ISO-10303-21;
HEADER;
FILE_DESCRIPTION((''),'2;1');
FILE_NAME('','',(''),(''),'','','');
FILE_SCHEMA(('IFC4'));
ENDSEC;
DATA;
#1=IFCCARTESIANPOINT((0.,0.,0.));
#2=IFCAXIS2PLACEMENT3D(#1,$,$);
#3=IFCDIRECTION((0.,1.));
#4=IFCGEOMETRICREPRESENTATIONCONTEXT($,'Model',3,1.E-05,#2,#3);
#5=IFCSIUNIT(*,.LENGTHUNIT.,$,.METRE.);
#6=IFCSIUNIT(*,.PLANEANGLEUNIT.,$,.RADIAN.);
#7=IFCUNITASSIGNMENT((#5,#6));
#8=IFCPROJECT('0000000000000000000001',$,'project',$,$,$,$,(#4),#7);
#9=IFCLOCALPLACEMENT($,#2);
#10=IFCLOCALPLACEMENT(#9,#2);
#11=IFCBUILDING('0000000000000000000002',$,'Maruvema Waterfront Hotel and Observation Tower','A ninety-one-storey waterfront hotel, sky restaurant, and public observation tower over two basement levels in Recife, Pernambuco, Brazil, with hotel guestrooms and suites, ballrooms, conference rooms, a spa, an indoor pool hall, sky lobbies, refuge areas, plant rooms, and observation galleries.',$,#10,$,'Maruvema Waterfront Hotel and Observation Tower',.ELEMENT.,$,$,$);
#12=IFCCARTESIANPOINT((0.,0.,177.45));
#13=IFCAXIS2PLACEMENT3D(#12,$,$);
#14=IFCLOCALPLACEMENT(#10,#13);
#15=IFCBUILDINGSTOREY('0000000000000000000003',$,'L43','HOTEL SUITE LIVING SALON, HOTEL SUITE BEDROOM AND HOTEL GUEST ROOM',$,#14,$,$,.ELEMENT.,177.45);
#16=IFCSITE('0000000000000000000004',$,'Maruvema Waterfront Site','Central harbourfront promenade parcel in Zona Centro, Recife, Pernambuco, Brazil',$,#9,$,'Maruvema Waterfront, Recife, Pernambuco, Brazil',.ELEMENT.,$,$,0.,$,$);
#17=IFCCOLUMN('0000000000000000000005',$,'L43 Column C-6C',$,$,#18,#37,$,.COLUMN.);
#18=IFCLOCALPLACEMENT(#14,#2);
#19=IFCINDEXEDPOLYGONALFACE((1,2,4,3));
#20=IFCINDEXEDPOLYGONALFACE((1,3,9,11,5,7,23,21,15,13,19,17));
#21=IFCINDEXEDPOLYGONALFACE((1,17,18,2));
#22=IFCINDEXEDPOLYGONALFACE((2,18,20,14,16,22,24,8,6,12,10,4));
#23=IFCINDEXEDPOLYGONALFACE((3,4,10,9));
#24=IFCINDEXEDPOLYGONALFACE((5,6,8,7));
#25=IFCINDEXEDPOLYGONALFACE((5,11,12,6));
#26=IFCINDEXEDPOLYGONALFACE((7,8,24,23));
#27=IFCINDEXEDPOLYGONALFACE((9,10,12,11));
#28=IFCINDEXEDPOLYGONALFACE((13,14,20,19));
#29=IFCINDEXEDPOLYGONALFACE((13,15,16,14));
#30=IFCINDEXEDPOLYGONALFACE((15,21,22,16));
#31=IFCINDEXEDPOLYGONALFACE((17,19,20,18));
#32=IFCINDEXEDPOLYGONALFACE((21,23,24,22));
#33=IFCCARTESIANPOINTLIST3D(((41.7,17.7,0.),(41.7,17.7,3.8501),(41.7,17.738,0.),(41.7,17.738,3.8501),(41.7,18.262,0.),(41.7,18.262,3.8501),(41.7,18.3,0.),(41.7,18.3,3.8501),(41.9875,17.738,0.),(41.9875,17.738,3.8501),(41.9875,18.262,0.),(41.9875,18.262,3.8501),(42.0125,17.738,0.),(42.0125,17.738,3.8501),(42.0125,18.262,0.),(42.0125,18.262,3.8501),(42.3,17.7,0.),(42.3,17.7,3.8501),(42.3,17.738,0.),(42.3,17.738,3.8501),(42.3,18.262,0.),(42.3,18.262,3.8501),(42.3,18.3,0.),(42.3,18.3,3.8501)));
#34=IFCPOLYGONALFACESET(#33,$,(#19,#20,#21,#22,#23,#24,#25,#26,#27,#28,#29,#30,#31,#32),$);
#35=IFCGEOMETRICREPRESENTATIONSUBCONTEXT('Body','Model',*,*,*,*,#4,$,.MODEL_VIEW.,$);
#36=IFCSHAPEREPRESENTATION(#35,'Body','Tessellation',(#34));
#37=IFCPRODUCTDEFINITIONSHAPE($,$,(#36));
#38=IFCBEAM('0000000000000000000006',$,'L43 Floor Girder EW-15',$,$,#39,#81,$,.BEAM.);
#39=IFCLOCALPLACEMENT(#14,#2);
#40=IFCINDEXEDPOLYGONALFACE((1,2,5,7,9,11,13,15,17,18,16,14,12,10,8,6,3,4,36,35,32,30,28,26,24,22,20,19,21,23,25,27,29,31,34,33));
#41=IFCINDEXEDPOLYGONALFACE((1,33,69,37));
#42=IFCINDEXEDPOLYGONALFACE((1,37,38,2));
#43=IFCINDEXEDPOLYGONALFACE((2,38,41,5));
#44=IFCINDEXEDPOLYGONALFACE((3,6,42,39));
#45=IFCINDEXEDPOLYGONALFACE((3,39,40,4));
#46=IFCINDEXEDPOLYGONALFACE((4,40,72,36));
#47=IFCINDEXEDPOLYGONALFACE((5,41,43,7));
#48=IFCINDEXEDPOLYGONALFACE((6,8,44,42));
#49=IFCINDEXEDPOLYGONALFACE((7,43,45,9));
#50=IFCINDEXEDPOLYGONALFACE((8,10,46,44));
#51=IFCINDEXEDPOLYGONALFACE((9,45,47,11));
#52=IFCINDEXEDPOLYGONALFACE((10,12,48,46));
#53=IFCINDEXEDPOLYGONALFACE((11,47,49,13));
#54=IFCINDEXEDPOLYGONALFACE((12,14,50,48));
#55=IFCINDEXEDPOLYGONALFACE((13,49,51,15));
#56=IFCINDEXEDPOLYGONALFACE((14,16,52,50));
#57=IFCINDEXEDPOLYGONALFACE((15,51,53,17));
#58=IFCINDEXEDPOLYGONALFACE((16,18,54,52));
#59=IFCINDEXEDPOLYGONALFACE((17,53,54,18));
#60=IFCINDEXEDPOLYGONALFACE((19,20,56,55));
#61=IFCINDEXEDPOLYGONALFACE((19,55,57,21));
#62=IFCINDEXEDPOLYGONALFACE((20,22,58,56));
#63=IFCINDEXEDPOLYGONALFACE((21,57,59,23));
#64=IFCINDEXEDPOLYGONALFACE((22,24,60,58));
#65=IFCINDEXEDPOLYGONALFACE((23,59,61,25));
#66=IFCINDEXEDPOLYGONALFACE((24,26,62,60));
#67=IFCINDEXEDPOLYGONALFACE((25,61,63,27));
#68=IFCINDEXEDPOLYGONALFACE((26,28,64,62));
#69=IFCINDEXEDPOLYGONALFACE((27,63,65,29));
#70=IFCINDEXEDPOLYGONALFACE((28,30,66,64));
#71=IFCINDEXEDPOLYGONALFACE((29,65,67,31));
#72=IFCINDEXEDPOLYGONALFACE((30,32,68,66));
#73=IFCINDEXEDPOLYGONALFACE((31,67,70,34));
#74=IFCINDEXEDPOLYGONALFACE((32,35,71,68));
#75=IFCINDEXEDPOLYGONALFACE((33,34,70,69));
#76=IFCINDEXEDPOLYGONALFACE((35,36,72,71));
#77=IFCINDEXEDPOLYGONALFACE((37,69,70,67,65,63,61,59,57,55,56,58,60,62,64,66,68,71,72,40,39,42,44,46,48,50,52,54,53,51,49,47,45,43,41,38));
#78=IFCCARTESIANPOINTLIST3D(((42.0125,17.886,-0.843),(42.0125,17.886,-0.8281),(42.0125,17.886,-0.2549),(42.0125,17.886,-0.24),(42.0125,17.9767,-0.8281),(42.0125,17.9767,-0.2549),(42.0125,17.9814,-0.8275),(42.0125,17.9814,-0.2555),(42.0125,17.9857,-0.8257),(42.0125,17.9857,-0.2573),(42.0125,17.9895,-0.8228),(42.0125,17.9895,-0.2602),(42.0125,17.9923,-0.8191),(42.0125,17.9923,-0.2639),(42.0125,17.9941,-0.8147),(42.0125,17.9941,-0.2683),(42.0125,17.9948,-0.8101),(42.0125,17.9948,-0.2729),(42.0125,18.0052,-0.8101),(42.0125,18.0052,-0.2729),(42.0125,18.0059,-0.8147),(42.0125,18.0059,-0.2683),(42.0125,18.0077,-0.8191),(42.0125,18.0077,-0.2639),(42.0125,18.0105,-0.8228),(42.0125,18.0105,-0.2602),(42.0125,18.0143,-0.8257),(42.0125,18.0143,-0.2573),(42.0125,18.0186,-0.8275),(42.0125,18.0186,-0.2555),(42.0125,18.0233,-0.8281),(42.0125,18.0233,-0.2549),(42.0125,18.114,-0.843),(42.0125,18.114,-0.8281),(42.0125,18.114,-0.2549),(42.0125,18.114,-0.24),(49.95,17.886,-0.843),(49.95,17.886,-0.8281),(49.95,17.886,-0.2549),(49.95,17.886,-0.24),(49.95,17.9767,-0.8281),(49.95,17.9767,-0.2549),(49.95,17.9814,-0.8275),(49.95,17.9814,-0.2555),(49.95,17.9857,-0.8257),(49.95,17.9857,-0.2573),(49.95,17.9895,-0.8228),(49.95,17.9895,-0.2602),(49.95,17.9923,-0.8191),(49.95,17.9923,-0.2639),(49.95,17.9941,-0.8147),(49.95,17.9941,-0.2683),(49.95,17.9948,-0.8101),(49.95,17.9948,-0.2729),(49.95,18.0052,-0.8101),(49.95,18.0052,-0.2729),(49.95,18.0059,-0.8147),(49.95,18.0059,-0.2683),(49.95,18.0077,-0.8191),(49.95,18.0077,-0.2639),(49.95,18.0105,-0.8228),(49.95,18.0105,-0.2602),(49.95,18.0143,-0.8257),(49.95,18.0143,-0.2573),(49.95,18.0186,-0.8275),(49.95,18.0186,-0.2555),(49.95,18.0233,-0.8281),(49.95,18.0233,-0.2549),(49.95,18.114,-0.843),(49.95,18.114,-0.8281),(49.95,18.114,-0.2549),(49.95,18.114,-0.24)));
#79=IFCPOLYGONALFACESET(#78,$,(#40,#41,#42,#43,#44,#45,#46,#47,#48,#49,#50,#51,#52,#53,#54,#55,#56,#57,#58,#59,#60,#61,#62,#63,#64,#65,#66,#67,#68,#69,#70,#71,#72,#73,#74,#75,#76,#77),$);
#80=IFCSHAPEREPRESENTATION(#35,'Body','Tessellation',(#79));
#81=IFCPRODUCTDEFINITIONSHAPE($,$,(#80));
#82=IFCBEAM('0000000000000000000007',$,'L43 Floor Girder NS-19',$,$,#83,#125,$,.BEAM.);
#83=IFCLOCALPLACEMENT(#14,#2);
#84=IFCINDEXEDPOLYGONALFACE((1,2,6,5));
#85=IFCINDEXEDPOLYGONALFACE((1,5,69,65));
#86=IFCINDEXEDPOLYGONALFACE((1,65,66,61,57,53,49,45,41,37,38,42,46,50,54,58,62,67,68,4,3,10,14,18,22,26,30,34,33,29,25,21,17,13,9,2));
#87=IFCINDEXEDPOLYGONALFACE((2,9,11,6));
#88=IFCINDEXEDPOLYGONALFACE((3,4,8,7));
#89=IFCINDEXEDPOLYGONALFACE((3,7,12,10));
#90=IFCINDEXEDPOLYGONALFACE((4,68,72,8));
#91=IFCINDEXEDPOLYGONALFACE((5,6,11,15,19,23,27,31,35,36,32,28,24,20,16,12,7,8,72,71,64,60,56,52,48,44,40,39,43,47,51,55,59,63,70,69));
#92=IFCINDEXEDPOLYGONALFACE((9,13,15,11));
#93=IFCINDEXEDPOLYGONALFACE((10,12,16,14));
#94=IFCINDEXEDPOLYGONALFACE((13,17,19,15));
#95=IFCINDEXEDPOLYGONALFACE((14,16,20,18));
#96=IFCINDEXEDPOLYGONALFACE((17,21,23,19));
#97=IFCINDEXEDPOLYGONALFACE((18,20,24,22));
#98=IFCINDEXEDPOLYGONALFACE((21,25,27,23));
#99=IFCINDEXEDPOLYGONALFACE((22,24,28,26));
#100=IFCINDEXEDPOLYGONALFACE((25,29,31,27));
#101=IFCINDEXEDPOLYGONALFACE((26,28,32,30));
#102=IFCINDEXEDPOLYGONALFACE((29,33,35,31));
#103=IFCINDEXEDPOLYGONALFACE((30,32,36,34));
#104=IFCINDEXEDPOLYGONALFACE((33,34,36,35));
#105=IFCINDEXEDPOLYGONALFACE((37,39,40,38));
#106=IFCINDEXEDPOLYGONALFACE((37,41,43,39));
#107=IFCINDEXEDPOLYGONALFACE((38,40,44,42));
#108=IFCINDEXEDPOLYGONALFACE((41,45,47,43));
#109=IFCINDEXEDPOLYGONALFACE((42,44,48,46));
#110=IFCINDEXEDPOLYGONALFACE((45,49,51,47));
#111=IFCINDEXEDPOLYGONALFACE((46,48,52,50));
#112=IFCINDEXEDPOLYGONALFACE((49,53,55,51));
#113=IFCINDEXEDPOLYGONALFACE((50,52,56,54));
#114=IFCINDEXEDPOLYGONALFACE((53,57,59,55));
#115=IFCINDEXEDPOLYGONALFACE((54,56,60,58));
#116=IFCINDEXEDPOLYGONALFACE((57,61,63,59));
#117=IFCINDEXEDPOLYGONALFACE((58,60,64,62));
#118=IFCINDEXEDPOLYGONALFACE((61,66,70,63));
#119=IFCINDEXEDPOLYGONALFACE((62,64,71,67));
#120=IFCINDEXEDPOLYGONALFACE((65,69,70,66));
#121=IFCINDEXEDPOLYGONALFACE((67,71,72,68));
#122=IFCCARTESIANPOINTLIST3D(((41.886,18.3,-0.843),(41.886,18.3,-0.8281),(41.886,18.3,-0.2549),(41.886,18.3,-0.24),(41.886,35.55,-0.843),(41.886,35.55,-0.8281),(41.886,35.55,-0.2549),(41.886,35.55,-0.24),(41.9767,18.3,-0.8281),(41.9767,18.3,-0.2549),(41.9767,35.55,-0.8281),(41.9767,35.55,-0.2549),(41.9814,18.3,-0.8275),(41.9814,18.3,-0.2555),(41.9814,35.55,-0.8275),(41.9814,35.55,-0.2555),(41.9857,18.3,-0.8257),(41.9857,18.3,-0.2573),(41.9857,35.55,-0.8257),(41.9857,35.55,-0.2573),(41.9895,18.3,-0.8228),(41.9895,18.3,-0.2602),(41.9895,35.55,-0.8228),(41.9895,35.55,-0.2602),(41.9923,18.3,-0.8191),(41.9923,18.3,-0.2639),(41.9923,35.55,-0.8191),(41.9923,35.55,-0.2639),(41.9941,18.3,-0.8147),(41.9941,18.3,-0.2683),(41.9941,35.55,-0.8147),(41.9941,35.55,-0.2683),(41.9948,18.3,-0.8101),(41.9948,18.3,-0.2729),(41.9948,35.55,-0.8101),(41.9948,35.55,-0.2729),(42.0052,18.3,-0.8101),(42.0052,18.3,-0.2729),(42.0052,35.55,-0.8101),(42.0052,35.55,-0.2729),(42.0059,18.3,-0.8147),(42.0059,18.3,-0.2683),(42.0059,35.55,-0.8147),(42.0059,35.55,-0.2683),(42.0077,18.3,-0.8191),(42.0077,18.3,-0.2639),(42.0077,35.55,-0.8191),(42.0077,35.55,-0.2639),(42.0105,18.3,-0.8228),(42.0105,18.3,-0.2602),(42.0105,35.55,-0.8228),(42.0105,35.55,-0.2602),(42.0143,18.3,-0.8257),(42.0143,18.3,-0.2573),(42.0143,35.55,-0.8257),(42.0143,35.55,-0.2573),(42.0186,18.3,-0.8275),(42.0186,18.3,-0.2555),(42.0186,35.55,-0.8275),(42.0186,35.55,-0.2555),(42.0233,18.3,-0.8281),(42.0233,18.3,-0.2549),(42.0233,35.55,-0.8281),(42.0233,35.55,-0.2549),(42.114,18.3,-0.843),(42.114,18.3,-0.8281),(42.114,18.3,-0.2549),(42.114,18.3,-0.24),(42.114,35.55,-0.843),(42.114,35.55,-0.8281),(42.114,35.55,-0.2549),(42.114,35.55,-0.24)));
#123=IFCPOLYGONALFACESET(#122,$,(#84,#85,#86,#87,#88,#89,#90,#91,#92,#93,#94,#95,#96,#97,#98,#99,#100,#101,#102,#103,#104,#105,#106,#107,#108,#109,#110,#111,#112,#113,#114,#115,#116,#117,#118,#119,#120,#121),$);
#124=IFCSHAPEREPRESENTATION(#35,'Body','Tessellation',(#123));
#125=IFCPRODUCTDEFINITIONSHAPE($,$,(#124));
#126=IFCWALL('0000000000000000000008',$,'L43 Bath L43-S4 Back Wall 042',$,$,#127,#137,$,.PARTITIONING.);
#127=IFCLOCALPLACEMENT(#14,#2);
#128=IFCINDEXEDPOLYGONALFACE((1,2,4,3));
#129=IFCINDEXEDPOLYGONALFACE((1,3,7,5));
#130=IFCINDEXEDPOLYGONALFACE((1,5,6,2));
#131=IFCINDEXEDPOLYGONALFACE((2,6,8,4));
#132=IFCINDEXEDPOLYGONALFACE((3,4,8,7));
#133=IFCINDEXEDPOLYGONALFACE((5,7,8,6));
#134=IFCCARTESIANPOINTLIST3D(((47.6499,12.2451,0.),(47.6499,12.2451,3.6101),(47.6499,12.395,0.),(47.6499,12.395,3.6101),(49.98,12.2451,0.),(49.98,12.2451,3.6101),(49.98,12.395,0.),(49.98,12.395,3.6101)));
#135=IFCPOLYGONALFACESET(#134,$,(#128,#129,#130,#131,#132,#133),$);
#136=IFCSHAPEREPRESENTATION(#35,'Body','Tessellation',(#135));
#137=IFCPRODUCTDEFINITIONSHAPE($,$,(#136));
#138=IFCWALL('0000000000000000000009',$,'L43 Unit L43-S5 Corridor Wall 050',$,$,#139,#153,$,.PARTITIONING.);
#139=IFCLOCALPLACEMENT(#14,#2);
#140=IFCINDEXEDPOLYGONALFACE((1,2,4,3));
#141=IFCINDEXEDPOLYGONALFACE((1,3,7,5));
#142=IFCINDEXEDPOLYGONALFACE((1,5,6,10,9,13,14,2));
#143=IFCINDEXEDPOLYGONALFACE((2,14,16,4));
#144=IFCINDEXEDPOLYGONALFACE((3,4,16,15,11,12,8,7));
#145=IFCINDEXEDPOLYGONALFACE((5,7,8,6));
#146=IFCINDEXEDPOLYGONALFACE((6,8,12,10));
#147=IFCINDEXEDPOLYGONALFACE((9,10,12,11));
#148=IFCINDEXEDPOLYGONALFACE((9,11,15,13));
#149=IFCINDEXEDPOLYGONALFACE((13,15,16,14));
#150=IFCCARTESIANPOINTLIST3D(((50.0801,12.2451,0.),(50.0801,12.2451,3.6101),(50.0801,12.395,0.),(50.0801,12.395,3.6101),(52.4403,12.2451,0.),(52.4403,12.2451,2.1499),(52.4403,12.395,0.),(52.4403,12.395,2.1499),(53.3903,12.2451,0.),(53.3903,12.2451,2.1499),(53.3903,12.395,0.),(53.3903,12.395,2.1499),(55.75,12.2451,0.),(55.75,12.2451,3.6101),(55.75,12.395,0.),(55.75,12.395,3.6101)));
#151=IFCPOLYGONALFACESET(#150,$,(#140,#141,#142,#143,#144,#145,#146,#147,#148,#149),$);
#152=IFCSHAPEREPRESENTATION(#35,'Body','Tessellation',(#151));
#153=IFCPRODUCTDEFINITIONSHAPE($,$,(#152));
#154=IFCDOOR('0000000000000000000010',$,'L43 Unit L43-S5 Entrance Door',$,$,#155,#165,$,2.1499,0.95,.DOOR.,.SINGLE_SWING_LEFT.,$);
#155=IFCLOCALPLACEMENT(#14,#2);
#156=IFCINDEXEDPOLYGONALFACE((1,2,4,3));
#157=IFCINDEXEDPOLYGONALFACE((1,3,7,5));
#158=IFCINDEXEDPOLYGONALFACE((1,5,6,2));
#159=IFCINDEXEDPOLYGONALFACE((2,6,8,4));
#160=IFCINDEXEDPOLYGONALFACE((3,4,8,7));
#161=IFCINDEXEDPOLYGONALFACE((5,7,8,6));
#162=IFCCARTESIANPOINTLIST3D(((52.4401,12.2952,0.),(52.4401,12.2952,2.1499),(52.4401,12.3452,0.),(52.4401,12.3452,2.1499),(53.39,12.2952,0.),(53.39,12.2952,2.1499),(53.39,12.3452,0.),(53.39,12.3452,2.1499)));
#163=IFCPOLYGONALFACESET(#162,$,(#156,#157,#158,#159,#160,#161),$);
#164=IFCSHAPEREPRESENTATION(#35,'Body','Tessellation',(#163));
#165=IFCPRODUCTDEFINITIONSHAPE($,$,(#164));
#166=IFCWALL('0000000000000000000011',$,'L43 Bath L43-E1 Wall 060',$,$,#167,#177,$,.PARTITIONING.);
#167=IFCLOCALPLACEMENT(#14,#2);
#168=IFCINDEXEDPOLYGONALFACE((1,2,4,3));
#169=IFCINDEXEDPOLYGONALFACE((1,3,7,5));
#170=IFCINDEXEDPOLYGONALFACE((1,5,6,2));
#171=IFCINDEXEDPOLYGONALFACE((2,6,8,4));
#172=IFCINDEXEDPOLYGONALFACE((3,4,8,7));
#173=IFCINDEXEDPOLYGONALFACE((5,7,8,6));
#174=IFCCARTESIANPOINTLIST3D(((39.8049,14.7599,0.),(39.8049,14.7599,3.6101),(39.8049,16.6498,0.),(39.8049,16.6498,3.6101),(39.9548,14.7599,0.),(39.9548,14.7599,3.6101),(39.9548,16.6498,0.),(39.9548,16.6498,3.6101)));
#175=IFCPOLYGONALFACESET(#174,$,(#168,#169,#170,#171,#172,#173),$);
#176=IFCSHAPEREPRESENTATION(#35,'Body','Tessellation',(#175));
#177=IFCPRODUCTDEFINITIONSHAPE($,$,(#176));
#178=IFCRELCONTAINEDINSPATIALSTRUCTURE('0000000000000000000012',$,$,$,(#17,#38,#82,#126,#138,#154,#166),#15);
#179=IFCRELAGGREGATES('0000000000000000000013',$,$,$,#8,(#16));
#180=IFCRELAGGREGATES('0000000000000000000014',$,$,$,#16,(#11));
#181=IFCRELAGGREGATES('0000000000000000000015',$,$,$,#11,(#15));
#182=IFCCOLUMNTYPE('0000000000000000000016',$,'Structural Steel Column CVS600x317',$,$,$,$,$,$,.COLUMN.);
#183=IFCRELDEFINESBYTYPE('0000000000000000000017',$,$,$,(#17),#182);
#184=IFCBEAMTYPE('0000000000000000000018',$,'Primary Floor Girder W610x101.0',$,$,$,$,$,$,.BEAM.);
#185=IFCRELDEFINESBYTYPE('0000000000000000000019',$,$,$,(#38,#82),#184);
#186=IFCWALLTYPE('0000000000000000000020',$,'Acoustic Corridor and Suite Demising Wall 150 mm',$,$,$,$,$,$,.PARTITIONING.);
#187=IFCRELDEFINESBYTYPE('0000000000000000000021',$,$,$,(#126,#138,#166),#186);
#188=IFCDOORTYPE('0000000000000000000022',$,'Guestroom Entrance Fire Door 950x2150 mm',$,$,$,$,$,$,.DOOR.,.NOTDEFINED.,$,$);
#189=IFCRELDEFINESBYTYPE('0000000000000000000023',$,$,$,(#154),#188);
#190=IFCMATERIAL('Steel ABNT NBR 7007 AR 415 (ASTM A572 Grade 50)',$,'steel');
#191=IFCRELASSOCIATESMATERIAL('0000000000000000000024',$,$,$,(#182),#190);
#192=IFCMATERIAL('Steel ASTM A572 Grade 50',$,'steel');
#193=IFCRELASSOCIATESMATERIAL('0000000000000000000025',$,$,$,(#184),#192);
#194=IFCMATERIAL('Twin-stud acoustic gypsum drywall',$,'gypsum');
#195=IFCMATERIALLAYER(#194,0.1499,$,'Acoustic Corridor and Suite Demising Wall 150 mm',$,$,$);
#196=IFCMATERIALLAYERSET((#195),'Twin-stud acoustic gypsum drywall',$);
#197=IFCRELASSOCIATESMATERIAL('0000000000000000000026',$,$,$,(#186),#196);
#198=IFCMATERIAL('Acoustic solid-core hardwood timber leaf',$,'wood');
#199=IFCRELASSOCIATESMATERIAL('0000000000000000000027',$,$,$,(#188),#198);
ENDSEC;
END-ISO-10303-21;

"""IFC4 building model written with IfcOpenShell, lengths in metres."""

from ifc_helpers import new_model, si_unit, direction, frame, frame_2d, origin, origin_2d, place, context, subcontext, project, spatial, rectangle, i_section, extrude, material, layer, layer_set, material_profile, profile_set, type_object, element, fill, save


model = new_model("IFC4")

# Units and contexts
model_context = context("Model", 3, precision=1e-05, world=origin(), true_north=direction((0.0, 1.0)))
body_context = subcontext(model_context, "Body", "Model", "MODEL_VIEW")
ifc_project = project(units=[si_unit("LENGTHUNIT", "METRE"), si_unit("PLANEANGLEUNIT", "RADIAN")], contexts=[model_context])

# Site, building, storey
site_placement = place(None, origin())
site = spatial("IfcSite", under=ifc_project, at=site_placement, Name="Maruvema Waterfront Site", Description="Central harbourfront promenade parcel in Zona Centro, Recife, Pernambuco, Brazil", LongName="Maruvema Waterfront, Recife, Pernambuco, Brazil", CompositionType="ELEMENT", RefElevation=0.0)
building_placement = place(site_placement, origin())
building = spatial("IfcBuilding", under=site, at=building_placement, Name="Maruvema Waterfront Hotel and Observation Tower", Description="A ninety-one-storey waterfront hotel, sky restaurant, and public observation tower over two basement levels in Recife, Pernambuco, Brazil, with hotel guestrooms and suites, ballrooms, conference rooms, a spa, an indoor pool hall, sky lobbies, refuge areas, plant rooms, and observation galleries.", LongName="Maruvema Waterfront Hotel and Observation Tower", CompositionType="ELEMENT")
storey_placement = place(building_placement, frame((0.0, 0.0, 177.45)))
storey = spatial("IfcBuildingStorey", under=building, at=storey_placement, Name="L43", Description="HOTEL SUITE LIVING SALON, HOTEL SUITE BEDROOM AND HOTEL GUEST ROOM", CompositionType="ELEMENT", Elevation=177.45)

# Column
ifc_material_1 = material(Name="Steel ABNT NBR 7007 AR 415 (ASTM A572 Grade 50)", Category="steel")
ifc_material_profile_1 = material_profile(ifc_material_1, i_section(OverallWidth=0.6001, OverallDepth=0.6001, WebThickness=0.0249, FlangeThickness=0.0381, at=origin_2d()), Name="CVS600x317")
ifc_profile_set_1 = profile_set([ifc_material_profile_1], Name="Steel ABNT NBR 7007 AR 415 (ASTM A572 Grade 50)")
column_type = type_object("IfcColumnType", Name="Structural Steel Column CVS600x317", PredefinedType="COLUMN", material=ifc_profile_set_1)
column_placement = place(storey_placement, frame((42.0, 18.0, 0.0), z_axis=(0.0, 0.0, 1.0), x_axis=(1.0, 0.0, 0.0)))
element("IfcColumn", 1, at=column_placement, inside=storey, type_object=column_type, Name="L43 Column C-6C", PredefinedType="COLUMN", context=body_context, shape_type="SweptSolid", body=[
    extrude(i_section(OverallWidth=0.6001, OverallDepth=0.6001, WebThickness=0.0249, FlangeThickness=0.0381, at=origin_2d()), origin(), (0.0, 0.0, 1.0), 3.8501),
])

# Beams
ifc_material_2 = material(Name="Steel ASTM A572 Grade 50", Category="steel")
ifc_material_profile_2 = material_profile(ifc_material_2, i_section(OverallWidth=0.228, OverallDepth=0.603, WebThickness=0.0105, FlangeThickness=0.0149, FilletRadius=0.0181, at=origin_2d()), Name="W610x101.0")
ifc_profile_set_2 = profile_set([ifc_material_profile_2], Name="Steel ASTM A572 Grade 50")
beam_type = type_object("IfcBeamType", Name="Primary Floor Girder W610x101.0", PredefinedType="BEAM", material=ifc_profile_set_2)
beam_1_placement = place(storey_placement, frame((42.0125, 18.0, -0.5415), z_axis=(1.0, 0.0, 0.0), x_axis=(0.0, 1.0, 0.0)))
element("IfcBeam", 2, at=beam_1_placement, inside=storey, type_object=beam_type, Name="L43 Floor Girder EW-15", PredefinedType="BEAM", context=body_context, shape_type="SweptSolid", body=[
    extrude(i_section(OverallWidth=0.228, OverallDepth=0.603, WebThickness=0.0105, FlangeThickness=0.0149, FilletRadius=0.0181, at=origin_2d()), origin(), (0.0, 0.0, 1.0), 7.9375),
])
beam_2_placement = place(storey_placement, frame((42.0, 18.3, -0.5415), z_axis=(0.0, 1.0, 0.0), x_axis=(-1.0, 0.0, 0.0)))
element("IfcBeam", 3, at=beam_2_placement, inside=storey, type_object=beam_type, Name="L43 Floor Girder NS-19", PredefinedType="BEAM", context=body_context, shape_type="SweptSolid", body=[
    extrude(i_section(OverallWidth=0.228, OverallDepth=0.603, WebThickness=0.0105, FlangeThickness=0.0149, FilletRadius=0.0181, at=origin_2d()), origin(), (0.0, 0.0, 1.0), 17.25),
])

# Wall
ifc_material_3 = material(Name="Twin-stud acoustic gypsum drywall", Category="gypsum")
ifc_layer_1 = layer(ifc_material_3, 0.1499, Name="Acoustic Corridor and Suite Demising Wall 150 mm")
ifc_layer_set_1 = layer_set([ifc_layer_1], Name="Twin-stud acoustic gypsum drywall")
wall_type_1 = type_object("IfcWallType", Name="Acoustic Corridor and Suite Demising Wall 150 mm", PredefinedType="PARTITIONING", material=ifc_layer_set_1)
wall_1_placement = place(storey_placement, frame((47.6499, 12.3201, 0.0), z_axis=(0.0, 0.0, 1.0), x_axis=(1.0, 0.0, 0.0)))
element("IfcWall", 4, at=wall_1_placement, inside=storey, type_object=wall_type_1, Name="L43 Bath L43-S4 Back Wall 042", PredefinedType="PARTITIONING", context=body_context, shape_type="SweptSolid", body=[
    extrude(rectangle(XDim=2.3301, YDim=0.1499, at=frame_2d((1.165, 0.0))), origin(), (0.0, 0.0, 1.0), 3.6101),
])

# Wall, opening, door
wall_2_placement = place(storey_placement, frame((50.0801, 12.3201, 0.0), z_axis=(0.0, 0.0, 1.0), x_axis=(1.0, 0.0, 0.0)))
wall_2 = element("IfcWall", 5, at=wall_2_placement, inside=storey, type_object=wall_type_1, Name="L43 Unit L43-S5 Corridor Wall 050", PredefinedType="PARTITIONING", context=body_context, shape_type="SweptSolid", body=[
    extrude(rectangle(XDim=5.6699, YDim=0.1499, at=frame_2d((2.835, 0.0))), origin(), (0.0, 0.0, 1.0), 3.6101),
])
opening_1_placement = place(wall_2_placement, frame((2.3601, 0.0, 0.0)))
opening_1 = element("IfcOpeningElement", 6, at=opening_1_placement, cuts=wall_2, PredefinedType="OPENING", context=body_context, shape_type="SweptSolid", body=[
    extrude(rectangle(XDim=0.95, YDim=2.1499, at=frame_2d((0.4751, 1.075))), frame((0.0, 0.085, 0.0), z_axis=(0.0, -1.0, 0.0), x_axis=(1.0, 0.0, 0.0)), (0.0, 0.0, 1.0), 0.1699),
])
ifc_material_4 = material(Name="Acoustic solid-core hardwood timber leaf", Category="wood")
door_type_1 = type_object("IfcDoorType", Name="Guestroom Entrance Fire Door 950x2150 mm", OperationType="NOTDEFINED", PredefinedType="DOOR", material=ifc_material_4)
door_1_placement = place(opening_1_placement, frame((0.95, 0.0, 0.0), z_axis=(0.0, 0.0, 1.0), x_axis=(-1.0, 0.0, 0.0)))
door_1 = element("IfcDoor", 7, at=door_1_placement, inside=storey, type_object=door_type_1, Name="L43 Unit L43-S5 Entrance Door", OperationType="SINGLE_SWING_LEFT", OverallHeight=2.1499, OverallWidth=0.95, PredefinedType="DOOR", context=body_context, shape_type="SweptSolid", body=[
    extrude(rectangle(XDim=0.95, YDim=2.1499, at=frame_2d((0.4751, 1.075))), frame((0.0, 0.0249, 0.0), z_axis=(0.0, -1.0, 0.0), x_axis=(1.0, 0.0, 0.0)), (0.0, 0.0, 1.0), 0.05),
])
fill(opening_1, door_1)

# Wall
wall_3_placement = place(storey_placement, frame((39.8799, 14.76, 0.0), z_axis=(0.0, 0.0, 1.0), x_axis=(0.0, 1.0, 0.0)))
element("IfcWall", 8, at=wall_3_placement, inside=storey, type_object=wall_type_1, Name="L43 Bath L43-E1 Wall 060", PredefinedType="PARTITIONING", context=body_context, shape_type="SweptSolid", body=[
    extrude(rectangle(XDim=1.8899, YDim=0.1499, at=frame_2d((0.9448, 0.0))), origin(), (0.0, 0.0, 1.0), 3.6101),
])

save(model, "model.ifc")
